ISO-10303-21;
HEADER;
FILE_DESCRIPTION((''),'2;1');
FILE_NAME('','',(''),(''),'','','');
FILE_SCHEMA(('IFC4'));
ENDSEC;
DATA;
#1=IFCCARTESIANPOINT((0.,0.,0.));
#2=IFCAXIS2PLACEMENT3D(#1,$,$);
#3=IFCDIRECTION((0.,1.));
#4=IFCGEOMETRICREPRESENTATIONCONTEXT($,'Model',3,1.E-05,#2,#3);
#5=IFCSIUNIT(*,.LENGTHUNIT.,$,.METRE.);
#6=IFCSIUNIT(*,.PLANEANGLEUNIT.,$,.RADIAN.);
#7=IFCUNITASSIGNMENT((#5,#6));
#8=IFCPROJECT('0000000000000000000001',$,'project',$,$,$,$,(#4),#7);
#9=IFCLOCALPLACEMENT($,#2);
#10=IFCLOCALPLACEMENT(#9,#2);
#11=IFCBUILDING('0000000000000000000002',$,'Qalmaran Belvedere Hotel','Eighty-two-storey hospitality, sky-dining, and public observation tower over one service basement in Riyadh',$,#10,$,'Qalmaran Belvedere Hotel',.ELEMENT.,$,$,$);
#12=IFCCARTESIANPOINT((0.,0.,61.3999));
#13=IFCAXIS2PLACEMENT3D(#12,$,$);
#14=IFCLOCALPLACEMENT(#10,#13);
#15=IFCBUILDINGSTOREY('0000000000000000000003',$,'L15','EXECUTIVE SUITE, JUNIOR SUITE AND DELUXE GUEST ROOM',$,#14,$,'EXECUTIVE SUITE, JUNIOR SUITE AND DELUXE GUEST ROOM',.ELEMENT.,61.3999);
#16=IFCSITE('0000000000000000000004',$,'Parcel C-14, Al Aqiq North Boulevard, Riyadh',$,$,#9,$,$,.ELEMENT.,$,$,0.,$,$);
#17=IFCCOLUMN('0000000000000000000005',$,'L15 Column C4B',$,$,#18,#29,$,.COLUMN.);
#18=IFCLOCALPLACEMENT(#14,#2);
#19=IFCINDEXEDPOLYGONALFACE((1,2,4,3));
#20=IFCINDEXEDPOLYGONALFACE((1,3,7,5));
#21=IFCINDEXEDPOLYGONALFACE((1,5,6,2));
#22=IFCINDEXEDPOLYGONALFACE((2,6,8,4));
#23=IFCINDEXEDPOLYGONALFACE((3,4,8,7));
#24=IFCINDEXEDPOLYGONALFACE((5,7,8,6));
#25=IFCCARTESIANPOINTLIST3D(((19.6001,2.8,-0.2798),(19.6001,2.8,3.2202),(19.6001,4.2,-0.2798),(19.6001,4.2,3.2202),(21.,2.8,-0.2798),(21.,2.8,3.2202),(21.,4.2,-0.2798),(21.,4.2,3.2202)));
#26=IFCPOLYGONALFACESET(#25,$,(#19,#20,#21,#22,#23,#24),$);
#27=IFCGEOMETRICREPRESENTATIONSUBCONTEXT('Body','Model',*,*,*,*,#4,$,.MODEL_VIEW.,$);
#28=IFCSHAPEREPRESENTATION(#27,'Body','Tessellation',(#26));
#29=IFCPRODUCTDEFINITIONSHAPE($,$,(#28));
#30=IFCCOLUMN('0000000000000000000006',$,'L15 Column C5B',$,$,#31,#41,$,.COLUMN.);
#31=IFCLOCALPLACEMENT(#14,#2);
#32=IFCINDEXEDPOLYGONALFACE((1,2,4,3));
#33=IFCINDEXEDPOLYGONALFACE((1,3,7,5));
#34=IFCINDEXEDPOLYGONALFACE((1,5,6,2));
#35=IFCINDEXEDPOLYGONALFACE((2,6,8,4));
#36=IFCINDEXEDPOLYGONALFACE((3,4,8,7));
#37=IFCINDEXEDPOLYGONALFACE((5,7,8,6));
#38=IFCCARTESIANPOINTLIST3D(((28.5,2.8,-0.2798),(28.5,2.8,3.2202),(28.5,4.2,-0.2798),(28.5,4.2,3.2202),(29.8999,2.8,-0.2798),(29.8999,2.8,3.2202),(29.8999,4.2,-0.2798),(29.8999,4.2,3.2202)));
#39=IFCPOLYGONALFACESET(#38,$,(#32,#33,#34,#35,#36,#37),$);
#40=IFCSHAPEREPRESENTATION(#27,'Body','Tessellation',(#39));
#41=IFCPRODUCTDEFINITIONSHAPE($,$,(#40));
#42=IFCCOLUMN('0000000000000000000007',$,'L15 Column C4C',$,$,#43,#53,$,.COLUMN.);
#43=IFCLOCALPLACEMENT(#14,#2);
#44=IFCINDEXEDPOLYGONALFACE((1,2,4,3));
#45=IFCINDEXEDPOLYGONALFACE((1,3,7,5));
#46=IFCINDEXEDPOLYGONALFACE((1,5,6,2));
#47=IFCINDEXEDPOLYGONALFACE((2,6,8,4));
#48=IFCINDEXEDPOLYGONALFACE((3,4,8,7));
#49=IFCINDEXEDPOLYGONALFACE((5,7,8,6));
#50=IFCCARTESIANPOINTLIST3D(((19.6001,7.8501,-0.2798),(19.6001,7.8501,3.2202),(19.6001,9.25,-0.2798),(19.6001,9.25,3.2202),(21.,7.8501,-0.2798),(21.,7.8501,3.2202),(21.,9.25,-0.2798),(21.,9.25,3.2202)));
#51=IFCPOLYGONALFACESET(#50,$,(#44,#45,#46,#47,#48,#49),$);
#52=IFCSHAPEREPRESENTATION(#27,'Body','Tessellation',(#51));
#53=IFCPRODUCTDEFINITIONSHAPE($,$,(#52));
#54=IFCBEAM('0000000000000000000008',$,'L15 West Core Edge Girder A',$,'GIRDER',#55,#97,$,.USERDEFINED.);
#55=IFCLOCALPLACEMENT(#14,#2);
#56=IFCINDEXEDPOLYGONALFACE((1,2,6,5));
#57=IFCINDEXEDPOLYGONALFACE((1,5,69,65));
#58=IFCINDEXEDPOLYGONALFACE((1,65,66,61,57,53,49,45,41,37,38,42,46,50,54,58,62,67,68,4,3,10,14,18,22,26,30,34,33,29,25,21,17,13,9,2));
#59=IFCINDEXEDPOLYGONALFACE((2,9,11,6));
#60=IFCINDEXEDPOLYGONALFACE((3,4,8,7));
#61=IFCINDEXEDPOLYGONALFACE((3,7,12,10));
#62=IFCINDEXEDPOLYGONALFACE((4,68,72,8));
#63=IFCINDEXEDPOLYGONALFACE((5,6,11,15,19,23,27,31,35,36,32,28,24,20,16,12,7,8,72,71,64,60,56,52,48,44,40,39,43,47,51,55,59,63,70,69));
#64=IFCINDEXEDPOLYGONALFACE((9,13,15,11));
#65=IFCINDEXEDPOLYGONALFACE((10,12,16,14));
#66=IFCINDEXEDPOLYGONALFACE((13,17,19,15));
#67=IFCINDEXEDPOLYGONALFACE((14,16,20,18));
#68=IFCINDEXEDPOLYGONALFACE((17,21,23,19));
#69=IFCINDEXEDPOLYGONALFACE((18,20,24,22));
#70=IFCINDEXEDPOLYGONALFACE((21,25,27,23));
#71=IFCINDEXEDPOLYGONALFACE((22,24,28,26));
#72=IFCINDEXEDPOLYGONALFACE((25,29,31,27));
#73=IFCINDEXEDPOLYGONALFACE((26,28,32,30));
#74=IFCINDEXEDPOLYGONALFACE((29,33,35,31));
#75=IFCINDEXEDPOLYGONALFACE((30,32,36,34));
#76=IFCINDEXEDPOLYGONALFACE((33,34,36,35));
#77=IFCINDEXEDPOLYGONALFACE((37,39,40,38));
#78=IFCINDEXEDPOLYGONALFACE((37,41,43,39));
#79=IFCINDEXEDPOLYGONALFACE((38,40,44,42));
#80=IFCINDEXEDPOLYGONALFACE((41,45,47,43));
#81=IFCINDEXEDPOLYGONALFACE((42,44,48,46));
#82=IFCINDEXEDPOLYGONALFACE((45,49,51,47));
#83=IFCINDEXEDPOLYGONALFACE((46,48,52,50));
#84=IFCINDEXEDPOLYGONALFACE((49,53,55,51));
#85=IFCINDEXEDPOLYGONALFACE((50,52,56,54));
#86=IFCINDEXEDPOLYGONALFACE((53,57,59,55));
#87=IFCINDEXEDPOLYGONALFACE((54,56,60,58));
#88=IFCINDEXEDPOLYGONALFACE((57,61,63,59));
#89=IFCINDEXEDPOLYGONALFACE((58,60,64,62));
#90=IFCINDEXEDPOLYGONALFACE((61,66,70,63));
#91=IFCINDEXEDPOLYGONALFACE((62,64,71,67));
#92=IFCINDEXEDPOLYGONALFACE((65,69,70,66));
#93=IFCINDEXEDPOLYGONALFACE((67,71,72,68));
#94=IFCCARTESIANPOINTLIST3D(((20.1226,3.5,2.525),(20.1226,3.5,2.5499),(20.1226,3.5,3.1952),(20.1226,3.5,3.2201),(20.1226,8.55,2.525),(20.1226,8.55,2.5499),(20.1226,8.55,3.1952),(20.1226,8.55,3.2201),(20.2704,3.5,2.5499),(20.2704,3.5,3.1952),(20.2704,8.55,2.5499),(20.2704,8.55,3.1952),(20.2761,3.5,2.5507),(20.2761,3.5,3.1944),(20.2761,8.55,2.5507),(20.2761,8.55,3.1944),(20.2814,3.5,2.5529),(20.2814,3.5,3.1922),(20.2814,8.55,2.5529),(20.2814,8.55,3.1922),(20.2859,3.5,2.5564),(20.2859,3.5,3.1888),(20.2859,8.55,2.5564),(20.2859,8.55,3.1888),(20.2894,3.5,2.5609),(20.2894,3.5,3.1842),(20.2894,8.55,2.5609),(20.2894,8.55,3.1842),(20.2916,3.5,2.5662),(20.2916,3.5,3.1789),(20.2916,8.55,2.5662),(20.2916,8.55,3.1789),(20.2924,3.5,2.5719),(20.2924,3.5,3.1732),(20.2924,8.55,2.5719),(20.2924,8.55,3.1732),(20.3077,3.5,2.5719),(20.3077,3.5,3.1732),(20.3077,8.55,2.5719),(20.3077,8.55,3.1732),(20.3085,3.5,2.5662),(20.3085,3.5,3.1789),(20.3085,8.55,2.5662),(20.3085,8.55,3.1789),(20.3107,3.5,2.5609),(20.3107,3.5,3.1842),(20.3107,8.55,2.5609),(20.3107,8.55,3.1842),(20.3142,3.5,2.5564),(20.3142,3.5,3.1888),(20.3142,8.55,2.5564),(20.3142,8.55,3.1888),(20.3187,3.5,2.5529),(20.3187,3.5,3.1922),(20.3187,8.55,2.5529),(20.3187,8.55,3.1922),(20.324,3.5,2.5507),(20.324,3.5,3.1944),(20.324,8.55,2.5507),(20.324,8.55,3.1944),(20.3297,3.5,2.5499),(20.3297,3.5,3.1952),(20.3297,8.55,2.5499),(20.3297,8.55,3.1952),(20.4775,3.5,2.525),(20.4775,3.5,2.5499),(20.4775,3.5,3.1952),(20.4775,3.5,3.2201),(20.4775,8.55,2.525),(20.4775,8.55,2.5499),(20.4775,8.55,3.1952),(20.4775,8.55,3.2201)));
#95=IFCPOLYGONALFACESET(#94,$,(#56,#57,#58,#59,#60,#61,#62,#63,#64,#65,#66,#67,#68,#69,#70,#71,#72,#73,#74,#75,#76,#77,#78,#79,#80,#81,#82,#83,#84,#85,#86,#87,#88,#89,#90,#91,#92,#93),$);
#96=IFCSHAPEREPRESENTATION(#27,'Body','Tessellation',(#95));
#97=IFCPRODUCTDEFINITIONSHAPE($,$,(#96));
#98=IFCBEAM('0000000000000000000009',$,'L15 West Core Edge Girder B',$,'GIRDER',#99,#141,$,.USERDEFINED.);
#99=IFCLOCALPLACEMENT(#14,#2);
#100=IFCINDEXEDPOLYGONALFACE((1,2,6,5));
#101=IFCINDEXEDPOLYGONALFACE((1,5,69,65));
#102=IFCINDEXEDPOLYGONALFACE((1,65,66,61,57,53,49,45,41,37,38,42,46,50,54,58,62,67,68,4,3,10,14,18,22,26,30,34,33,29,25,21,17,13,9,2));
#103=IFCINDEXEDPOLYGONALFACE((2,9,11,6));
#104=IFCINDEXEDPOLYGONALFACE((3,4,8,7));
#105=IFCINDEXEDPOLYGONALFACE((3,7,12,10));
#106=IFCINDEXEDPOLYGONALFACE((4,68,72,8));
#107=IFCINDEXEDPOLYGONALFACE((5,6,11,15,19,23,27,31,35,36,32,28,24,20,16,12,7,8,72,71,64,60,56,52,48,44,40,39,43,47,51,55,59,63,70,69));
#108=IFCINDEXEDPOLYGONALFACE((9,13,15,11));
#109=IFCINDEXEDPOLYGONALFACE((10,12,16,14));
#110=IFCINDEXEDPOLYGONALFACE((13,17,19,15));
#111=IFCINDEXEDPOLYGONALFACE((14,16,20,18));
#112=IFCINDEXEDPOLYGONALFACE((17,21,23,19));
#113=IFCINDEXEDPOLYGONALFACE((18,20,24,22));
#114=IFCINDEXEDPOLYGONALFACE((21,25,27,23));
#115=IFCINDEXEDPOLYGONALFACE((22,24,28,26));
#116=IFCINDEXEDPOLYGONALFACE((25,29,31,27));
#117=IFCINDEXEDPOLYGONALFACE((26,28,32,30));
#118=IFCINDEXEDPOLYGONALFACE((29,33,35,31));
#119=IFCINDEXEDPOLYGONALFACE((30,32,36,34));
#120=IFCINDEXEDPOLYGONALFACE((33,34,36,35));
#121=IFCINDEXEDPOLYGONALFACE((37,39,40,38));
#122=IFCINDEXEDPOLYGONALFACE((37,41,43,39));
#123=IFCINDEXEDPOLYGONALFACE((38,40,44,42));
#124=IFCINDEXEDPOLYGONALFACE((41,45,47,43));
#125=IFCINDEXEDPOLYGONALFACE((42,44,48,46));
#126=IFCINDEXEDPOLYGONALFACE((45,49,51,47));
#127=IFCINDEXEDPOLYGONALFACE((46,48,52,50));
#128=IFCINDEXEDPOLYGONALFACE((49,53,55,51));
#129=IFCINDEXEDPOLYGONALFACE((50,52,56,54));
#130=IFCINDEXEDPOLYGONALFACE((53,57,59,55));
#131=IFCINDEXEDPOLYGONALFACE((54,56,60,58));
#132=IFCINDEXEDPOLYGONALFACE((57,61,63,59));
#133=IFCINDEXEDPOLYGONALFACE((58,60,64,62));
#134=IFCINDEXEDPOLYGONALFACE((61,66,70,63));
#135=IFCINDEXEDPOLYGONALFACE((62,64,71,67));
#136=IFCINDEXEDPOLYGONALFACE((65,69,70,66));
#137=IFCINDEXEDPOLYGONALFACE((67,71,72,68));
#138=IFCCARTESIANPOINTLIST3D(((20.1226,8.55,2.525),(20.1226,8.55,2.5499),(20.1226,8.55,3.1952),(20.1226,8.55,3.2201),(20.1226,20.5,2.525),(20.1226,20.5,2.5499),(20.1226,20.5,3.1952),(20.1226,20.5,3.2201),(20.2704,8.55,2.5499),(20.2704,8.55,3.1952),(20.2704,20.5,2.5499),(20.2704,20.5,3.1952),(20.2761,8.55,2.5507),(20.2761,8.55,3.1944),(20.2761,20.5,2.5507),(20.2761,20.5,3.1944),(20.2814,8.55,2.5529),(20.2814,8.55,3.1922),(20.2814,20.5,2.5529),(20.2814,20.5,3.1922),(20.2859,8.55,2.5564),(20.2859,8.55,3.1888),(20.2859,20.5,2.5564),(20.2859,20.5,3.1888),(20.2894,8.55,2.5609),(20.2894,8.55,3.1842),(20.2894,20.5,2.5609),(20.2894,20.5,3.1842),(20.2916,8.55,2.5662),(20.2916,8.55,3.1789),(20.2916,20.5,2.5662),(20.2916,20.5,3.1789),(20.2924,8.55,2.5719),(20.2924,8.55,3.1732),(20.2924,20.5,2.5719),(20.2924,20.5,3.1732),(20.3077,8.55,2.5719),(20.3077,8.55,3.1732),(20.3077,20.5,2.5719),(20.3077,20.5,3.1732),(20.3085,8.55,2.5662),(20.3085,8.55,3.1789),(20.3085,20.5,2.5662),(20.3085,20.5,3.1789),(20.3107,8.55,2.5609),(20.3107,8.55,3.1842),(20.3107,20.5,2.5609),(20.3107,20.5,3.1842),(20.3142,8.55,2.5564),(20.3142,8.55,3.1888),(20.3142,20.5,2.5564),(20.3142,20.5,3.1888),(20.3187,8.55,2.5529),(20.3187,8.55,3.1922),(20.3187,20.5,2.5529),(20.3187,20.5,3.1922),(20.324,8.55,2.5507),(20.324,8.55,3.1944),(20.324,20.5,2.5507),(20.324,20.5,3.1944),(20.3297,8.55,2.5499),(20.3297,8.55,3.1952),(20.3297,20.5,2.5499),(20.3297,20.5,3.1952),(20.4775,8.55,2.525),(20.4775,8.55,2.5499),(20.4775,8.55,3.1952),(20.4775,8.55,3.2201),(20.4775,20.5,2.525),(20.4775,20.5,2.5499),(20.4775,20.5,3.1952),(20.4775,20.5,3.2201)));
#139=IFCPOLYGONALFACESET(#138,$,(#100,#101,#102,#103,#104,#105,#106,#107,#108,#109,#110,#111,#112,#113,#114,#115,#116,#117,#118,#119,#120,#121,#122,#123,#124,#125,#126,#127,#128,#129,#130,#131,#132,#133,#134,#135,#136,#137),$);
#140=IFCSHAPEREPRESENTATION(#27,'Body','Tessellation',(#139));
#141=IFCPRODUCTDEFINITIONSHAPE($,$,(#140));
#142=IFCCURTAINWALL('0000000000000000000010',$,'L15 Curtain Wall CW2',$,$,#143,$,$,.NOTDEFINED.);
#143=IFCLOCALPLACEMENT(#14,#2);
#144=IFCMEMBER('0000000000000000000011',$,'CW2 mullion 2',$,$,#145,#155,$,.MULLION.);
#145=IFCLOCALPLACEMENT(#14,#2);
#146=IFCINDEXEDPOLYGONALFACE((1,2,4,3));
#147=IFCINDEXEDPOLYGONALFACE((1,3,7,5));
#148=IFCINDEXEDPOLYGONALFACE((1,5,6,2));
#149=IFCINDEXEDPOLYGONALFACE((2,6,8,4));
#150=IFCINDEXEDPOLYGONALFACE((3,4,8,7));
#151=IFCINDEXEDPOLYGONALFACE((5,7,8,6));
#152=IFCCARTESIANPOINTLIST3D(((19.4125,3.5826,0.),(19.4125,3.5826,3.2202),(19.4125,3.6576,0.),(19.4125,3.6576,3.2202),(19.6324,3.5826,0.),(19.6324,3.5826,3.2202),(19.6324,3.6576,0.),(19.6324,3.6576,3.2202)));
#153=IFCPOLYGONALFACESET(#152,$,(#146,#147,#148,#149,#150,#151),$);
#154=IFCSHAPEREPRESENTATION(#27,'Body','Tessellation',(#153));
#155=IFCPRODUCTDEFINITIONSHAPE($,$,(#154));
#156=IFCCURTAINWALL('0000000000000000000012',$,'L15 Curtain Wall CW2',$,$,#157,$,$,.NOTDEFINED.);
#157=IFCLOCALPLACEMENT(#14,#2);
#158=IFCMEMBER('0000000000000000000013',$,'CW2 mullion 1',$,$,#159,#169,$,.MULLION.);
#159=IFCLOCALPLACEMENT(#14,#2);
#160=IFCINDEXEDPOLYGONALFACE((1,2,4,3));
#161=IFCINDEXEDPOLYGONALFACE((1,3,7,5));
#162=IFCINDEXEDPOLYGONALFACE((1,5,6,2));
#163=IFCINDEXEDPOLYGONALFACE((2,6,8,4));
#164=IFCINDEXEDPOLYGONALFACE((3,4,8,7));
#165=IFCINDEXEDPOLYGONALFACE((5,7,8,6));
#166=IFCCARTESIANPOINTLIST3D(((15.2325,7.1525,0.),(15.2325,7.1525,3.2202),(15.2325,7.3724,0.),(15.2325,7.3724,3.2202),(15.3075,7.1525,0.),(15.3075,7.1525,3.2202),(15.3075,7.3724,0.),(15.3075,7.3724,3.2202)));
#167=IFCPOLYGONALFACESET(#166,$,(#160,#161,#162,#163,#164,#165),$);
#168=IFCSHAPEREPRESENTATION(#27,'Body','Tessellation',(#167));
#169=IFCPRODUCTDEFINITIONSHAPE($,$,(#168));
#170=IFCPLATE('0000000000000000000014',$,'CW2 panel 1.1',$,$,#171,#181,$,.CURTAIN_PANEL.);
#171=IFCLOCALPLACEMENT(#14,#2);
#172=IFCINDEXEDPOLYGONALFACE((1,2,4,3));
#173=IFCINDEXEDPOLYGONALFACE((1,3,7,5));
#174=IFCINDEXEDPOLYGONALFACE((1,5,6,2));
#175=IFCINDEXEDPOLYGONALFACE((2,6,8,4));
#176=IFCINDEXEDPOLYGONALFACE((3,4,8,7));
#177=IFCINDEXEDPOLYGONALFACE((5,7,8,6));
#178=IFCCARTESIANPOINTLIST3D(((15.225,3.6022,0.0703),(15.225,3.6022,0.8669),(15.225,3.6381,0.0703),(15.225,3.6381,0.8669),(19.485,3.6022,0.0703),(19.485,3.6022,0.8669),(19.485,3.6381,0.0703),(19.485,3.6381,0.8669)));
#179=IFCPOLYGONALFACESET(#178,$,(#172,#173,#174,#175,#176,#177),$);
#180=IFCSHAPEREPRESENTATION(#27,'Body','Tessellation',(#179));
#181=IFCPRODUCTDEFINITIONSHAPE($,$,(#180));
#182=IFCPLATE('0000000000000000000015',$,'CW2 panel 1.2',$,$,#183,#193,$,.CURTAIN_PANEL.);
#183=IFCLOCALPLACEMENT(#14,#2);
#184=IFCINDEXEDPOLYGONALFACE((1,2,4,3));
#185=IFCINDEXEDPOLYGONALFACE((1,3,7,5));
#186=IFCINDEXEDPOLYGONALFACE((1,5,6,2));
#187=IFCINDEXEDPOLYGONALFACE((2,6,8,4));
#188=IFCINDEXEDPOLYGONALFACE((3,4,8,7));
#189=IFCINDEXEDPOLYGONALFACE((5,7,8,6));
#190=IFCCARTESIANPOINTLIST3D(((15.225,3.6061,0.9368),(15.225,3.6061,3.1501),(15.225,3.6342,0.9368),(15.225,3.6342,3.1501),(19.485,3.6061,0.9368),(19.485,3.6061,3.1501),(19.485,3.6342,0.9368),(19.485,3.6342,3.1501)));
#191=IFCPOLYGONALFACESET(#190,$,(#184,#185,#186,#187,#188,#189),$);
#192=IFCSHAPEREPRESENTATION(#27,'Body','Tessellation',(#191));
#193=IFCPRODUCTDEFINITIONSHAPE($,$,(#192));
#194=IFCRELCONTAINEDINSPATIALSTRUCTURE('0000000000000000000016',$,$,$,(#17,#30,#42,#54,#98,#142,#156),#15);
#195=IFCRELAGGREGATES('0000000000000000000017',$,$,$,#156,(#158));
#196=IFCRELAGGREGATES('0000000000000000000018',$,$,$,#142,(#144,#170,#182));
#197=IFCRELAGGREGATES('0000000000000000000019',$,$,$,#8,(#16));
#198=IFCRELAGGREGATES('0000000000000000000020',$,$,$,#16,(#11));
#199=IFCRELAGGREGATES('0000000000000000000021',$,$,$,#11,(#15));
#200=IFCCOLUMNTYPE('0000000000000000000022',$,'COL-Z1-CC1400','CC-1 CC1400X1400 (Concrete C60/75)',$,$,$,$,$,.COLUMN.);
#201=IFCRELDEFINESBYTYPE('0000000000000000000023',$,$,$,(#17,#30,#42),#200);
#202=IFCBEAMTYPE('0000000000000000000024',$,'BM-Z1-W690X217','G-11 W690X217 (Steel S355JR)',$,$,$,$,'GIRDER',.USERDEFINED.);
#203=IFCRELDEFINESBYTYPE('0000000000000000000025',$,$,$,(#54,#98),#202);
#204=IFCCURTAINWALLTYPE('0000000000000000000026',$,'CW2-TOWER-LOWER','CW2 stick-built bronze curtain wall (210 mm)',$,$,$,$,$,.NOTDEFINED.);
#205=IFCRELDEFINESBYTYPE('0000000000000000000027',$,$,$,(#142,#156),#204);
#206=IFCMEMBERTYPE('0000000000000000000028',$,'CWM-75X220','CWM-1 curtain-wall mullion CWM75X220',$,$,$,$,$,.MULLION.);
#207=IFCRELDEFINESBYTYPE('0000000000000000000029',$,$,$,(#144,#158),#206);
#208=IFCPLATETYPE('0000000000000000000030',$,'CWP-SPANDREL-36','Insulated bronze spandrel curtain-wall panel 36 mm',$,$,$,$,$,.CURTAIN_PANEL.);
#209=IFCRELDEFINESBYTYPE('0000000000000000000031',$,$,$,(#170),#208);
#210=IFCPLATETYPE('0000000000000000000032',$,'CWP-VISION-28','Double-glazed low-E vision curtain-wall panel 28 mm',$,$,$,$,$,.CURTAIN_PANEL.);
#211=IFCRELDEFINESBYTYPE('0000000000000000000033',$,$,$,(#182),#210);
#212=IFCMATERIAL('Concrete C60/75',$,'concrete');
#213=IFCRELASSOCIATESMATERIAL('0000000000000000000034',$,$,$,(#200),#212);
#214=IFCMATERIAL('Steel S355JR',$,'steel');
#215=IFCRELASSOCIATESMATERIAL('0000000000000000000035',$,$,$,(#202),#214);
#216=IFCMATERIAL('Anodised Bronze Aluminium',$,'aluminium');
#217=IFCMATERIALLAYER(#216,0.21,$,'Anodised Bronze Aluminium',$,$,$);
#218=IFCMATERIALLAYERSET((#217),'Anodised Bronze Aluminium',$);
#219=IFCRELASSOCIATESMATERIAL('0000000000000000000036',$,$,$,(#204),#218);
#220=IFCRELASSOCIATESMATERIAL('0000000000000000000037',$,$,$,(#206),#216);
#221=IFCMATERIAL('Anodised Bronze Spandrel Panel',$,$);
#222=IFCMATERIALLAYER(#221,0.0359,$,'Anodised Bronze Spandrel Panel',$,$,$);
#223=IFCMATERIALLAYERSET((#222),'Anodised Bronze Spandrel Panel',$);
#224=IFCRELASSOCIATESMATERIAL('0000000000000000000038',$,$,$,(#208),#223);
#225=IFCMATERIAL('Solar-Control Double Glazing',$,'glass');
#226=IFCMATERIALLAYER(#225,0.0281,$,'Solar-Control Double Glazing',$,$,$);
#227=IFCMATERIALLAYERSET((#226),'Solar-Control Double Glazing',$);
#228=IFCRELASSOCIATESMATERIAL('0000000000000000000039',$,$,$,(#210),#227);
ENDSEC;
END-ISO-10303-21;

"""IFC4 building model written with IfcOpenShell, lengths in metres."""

from ifc_helpers import new_model, si_unit, direction, frame, origin, origin_2d, place, context, subcontext, project, spatial, rectangle, i_section, extrude, material, layer, layer_set, material_profile, profile_set, type_object, element, aggregate, save


model = new_model("IFC4")

# Units and contexts
model_context = context("Model", 3, precision=1e-05, world=origin(), true_north=direction((0.0, 1.0)))
body_context = subcontext(model_context, "Body", "Model", "MODEL_VIEW")
ifc_project = project(units=[si_unit("LENGTHUNIT", "METRE"), si_unit("PLANEANGLEUNIT", "RADIAN")], contexts=[model_context])

# Site, building, storey
site_placement = place(None, origin())
site = spatial("IfcSite", under=ifc_project, at=site_placement, Name="Parcel C-14, Al Aqiq North Boulevard, Riyadh", CompositionType="ELEMENT", RefElevation=0.0)
building_placement = place(site_placement, origin())
building = spatial("IfcBuilding", under=site, at=building_placement, Name="Qalmaran Belvedere Hotel", Description="Eighty-two-storey hospitality, sky-dining, and public observation tower over one service basement in Riyadh", LongName="Qalmaran Belvedere Hotel", CompositionType="ELEMENT")
storey_placement = place(building_placement, frame((0.0, 0.0, 61.3999)))
storey = spatial("IfcBuildingStorey", under=building, at=storey_placement, Name="L15", Description="EXECUTIVE SUITE, JUNIOR SUITE AND DELUXE GUEST ROOM", LongName="EXECUTIVE SUITE, JUNIOR SUITE AND DELUXE GUEST ROOM", CompositionType="ELEMENT", Elevation=61.3999)

# Columns
ifc_material_1 = material(Name="Concrete C60/75", Category="concrete")
ifc_material_profile_1 = material_profile(ifc_material_1, rectangle(XDim=1.3999, YDim=1.3999, at=origin_2d()), Name="CC1400X1400")
ifc_profile_set_1 = profile_set([ifc_material_profile_1], Name="Concrete C60/75")
column_type = type_object("IfcColumnType", Name="COL-Z1-CC1400", Description="CC-1 CC1400X1400 (Concrete C60/75)", PredefinedType="COLUMN", material=ifc_profile_set_1)
for number, where, z_axis, x_axis, name in (
    (1, (20.3, 3.5, -0.2798), (0.0, 0.0, 1.0), (1.0, 0.0, 0.0), "L15 Column C4B"),
    (2, (29.2, 3.5, -0.2798), (0.0, 0.0, 1.0), (1.0, 0.0, 0.0), "L15 Column C5B"),
    (3, (20.3, 8.55, -0.2798), (0.0, 0.0, 1.0), (1.0, 0.0, 0.0), "L15 Column C4C"),
):
    element("IfcColumn", number, at=place(storey_placement, frame(where, z_axis=z_axis, x_axis=x_axis)), inside=storey, type_object=column_type, Name=name, PredefinedType="COLUMN", context=body_context, shape_type="SweptSolid", body=[
        extrude(rectangle(XDim=1.3999, YDim=1.3999, at=origin_2d()), origin(), (0.0, 0.0, 1.0), 3.5),
    ])

# Beams
ifc_material_2 = material(Name="Steel S355JR", Category="steel")
ifc_material_profile_2 = material_profile(ifc_material_2, i_section(OverallWidth=0.355, OverallDepth=0.6951, WebThickness=0.0154, FlangeThickness=0.0249, FilletRadius=0.022, at=origin_2d()), Name="W690X217")
ifc_profile_set_2 = profile_set([ifc_material_profile_2], Name="Steel S355JR")
beam_type = type_object("IfcBeamType", Name="BM-Z1-W690X217", Description="G-11 W690X217 (Steel S355JR)", ElementType="GIRDER", PredefinedType="USERDEFINED", material=ifc_profile_set_2)
beam_1_placement = place(storey_placement, frame((20.3, 3.5, 2.8726), z_axis=(0.0, 1.0, 0.0), x_axis=(-1.0, 0.0, 0.0)))
element("IfcBeam", 4, at=beam_1_placement, inside=storey, type_object=beam_type, Name="L15 West Core Edge Girder A", ObjectType="GIRDER", PredefinedType="USERDEFINED", context=body_context, shape_type="SweptSolid", body=[
    extrude(i_section(OverallWidth=0.355, OverallDepth=0.6951, WebThickness=0.0154, FlangeThickness=0.0249, FilletRadius=0.022, at=origin_2d()), origin(), (0.0, 0.0, 1.0), 5.05),
])
beam_2_placement = place(storey_placement, frame((20.3, 8.55, 2.8726), z_axis=(0.0, 1.0, 0.0), x_axis=(-1.0, 0.0, 0.0)))
element("IfcBeam", 5, at=beam_2_placement, inside=storey, type_object=beam_type, Name="L15 West Core Edge Girder B", ObjectType="GIRDER", PredefinedType="USERDEFINED", context=body_context, shape_type="SweptSolid", body=[
    extrude(i_section(OverallWidth=0.355, OverallDepth=0.6951, WebThickness=0.0154, FlangeThickness=0.0249, FilletRadius=0.022, at=origin_2d()), origin(), (0.0, 0.0, 1.0), 11.95),
])

# Curtain walls, members
ifc_material_3 = material(Name="Anodised Bronze Aluminium", Category="aluminium")
ifc_layer_1 = layer(ifc_material_3, 0.21, Name="Anodised Bronze Aluminium")
ifc_layer_set_1 = layer_set([ifc_layer_1], Name="Anodised Bronze Aluminium")
curtain_wall_type = type_object("IfcCurtainWallType", Name="CW2-TOWER-LOWER", Description="CW2 stick-built bronze curtain wall (210 mm)", PredefinedType="NOTDEFINED", material=ifc_layer_set_1)
curtain_wall_1_placement = place(storey_placement, origin())
curtain_wall_1 = element("IfcCurtainWall", 6, at=curtain_wall_1_placement, inside=storey, type_object=curtain_wall_type, Name="L15 Curtain Wall CW2", PredefinedType="NOTDEFINED")
ifc_material_profile_3 = material_profile(ifc_material_3, rectangle(XDim=0.075, YDim=0.22, at=origin_2d()), Name="CWM75X220")
ifc_profile_set_3 = profile_set([ifc_material_profile_3], Name="Anodised Bronze Aluminium")
member_type = type_object("IfcMemberType", Name="CWM-75X220", Description="CWM-1 curtain-wall mullion CWM75X220", PredefinedType="MULLION", material=ifc_profile_set_3)
member_1_placement = place(storey_placement, frame((19.5225, 3.6201, 0.0), z_axis=(0.0, 0.0, 1.0), x_axis=(0.0, 1.0, 0.0)))
member_1 = element("IfcMember", 7, at=member_1_placement, type_object=member_type, Name="CW2 mullion 2", PredefinedType="MULLION", context=body_context, shape_type="SweptSolid", body=[
    extrude(rectangle(XDim=0.075, YDim=0.22, at=origin_2d()), origin(), (0.0, 0.0, 1.0), 3.2202),
])
curtain_wall_2_placement = place(storey_placement, origin())
curtain_wall_2 = element("IfcCurtainWall", 8, at=curtain_wall_2_placement, inside=storey, type_object=curtain_wall_type, Name="L15 Curtain Wall CW2", PredefinedType="NOTDEFINED")
member_2_placement = place(storey_placement, frame((15.27, 7.2625, 0.0), z_axis=(0.0, 0.0, 1.0), x_axis=(1.0, 0.0, 0.0)))
member_2 = element("IfcMember", 9, at=member_2_placement, type_object=member_type, Name="CW2 mullion 1", PredefinedType="MULLION", context=body_context, shape_type="SweptSolid", body=[
    extrude(rectangle(XDim=0.075, YDim=0.22, at=origin_2d()), origin(), (0.0, 0.0, 1.0), 3.2202),
])
aggregate(curtain_wall_2, [member_2])

# Plates
ifc_material_4 = material(Name="Anodised Bronze Spandrel Panel")
ifc_layer_2 = layer(ifc_material_4, 0.0359, Name="Anodised Bronze Spandrel Panel")
ifc_layer_set_2 = layer_set([ifc_layer_2], Name="Anodised Bronze Spandrel Panel")
plate_type_1 = type_object("IfcPlateType", Name="CWP-SPANDREL-36", Description="Insulated bronze spandrel curtain-wall panel 36 mm", PredefinedType="CURTAIN_PANEL", material=ifc_layer_set_2)
plate_1_placement = place(storey_placement, frame((17.355, 3.6201, 0.0703), z_axis=(0.0, 0.0, 1.0), x_axis=(1.0, 0.0, 0.0)))
plate_1 = element("IfcPlate", 10, at=plate_1_placement, type_object=plate_type_1, Name="CW2 panel 1.1", PredefinedType="CURTAIN_PANEL", context=body_context, shape_type="SweptSolid", body=[
    extrude(rectangle(XDim=4.26, YDim=0.0359, at=origin_2d()), origin(), (0.0, 0.0, 1.0), 0.7966),
])
ifc_material_5 = material(Name="Solar-Control Double Glazing", Category="glass")
ifc_layer_3 = layer(ifc_material_5, 0.0281, Name="Solar-Control Double Glazing")
ifc_layer_set_3 = layer_set([ifc_layer_3], Name="Solar-Control Double Glazing")
plate_type_2 = type_object("IfcPlateType", Name="CWP-VISION-28", Description="Double-glazed low-E vision curtain-wall panel 28 mm", PredefinedType="CURTAIN_PANEL", material=ifc_layer_set_3)
plate_2_placement = place(storey_placement, frame((17.355, 3.6201, 0.9368), z_axis=(0.0, 0.0, 1.0), x_axis=(1.0, 0.0, 0.0)))
plate_2 = element("IfcPlate", 11, at=plate_2_placement, type_object=plate_type_2, Name="CW2 panel 1.2", PredefinedType="CURTAIN_PANEL", context=body_context, shape_type="SweptSolid", body=[
    extrude(rectangle(XDim=4.26, YDim=0.0281, at=origin_2d()), origin(), (0.0, 0.0, 1.0), 2.2134),
])
aggregate(curtain_wall_1, [member_1, plate_1, plate_2])

save(model, "model.ifc")
